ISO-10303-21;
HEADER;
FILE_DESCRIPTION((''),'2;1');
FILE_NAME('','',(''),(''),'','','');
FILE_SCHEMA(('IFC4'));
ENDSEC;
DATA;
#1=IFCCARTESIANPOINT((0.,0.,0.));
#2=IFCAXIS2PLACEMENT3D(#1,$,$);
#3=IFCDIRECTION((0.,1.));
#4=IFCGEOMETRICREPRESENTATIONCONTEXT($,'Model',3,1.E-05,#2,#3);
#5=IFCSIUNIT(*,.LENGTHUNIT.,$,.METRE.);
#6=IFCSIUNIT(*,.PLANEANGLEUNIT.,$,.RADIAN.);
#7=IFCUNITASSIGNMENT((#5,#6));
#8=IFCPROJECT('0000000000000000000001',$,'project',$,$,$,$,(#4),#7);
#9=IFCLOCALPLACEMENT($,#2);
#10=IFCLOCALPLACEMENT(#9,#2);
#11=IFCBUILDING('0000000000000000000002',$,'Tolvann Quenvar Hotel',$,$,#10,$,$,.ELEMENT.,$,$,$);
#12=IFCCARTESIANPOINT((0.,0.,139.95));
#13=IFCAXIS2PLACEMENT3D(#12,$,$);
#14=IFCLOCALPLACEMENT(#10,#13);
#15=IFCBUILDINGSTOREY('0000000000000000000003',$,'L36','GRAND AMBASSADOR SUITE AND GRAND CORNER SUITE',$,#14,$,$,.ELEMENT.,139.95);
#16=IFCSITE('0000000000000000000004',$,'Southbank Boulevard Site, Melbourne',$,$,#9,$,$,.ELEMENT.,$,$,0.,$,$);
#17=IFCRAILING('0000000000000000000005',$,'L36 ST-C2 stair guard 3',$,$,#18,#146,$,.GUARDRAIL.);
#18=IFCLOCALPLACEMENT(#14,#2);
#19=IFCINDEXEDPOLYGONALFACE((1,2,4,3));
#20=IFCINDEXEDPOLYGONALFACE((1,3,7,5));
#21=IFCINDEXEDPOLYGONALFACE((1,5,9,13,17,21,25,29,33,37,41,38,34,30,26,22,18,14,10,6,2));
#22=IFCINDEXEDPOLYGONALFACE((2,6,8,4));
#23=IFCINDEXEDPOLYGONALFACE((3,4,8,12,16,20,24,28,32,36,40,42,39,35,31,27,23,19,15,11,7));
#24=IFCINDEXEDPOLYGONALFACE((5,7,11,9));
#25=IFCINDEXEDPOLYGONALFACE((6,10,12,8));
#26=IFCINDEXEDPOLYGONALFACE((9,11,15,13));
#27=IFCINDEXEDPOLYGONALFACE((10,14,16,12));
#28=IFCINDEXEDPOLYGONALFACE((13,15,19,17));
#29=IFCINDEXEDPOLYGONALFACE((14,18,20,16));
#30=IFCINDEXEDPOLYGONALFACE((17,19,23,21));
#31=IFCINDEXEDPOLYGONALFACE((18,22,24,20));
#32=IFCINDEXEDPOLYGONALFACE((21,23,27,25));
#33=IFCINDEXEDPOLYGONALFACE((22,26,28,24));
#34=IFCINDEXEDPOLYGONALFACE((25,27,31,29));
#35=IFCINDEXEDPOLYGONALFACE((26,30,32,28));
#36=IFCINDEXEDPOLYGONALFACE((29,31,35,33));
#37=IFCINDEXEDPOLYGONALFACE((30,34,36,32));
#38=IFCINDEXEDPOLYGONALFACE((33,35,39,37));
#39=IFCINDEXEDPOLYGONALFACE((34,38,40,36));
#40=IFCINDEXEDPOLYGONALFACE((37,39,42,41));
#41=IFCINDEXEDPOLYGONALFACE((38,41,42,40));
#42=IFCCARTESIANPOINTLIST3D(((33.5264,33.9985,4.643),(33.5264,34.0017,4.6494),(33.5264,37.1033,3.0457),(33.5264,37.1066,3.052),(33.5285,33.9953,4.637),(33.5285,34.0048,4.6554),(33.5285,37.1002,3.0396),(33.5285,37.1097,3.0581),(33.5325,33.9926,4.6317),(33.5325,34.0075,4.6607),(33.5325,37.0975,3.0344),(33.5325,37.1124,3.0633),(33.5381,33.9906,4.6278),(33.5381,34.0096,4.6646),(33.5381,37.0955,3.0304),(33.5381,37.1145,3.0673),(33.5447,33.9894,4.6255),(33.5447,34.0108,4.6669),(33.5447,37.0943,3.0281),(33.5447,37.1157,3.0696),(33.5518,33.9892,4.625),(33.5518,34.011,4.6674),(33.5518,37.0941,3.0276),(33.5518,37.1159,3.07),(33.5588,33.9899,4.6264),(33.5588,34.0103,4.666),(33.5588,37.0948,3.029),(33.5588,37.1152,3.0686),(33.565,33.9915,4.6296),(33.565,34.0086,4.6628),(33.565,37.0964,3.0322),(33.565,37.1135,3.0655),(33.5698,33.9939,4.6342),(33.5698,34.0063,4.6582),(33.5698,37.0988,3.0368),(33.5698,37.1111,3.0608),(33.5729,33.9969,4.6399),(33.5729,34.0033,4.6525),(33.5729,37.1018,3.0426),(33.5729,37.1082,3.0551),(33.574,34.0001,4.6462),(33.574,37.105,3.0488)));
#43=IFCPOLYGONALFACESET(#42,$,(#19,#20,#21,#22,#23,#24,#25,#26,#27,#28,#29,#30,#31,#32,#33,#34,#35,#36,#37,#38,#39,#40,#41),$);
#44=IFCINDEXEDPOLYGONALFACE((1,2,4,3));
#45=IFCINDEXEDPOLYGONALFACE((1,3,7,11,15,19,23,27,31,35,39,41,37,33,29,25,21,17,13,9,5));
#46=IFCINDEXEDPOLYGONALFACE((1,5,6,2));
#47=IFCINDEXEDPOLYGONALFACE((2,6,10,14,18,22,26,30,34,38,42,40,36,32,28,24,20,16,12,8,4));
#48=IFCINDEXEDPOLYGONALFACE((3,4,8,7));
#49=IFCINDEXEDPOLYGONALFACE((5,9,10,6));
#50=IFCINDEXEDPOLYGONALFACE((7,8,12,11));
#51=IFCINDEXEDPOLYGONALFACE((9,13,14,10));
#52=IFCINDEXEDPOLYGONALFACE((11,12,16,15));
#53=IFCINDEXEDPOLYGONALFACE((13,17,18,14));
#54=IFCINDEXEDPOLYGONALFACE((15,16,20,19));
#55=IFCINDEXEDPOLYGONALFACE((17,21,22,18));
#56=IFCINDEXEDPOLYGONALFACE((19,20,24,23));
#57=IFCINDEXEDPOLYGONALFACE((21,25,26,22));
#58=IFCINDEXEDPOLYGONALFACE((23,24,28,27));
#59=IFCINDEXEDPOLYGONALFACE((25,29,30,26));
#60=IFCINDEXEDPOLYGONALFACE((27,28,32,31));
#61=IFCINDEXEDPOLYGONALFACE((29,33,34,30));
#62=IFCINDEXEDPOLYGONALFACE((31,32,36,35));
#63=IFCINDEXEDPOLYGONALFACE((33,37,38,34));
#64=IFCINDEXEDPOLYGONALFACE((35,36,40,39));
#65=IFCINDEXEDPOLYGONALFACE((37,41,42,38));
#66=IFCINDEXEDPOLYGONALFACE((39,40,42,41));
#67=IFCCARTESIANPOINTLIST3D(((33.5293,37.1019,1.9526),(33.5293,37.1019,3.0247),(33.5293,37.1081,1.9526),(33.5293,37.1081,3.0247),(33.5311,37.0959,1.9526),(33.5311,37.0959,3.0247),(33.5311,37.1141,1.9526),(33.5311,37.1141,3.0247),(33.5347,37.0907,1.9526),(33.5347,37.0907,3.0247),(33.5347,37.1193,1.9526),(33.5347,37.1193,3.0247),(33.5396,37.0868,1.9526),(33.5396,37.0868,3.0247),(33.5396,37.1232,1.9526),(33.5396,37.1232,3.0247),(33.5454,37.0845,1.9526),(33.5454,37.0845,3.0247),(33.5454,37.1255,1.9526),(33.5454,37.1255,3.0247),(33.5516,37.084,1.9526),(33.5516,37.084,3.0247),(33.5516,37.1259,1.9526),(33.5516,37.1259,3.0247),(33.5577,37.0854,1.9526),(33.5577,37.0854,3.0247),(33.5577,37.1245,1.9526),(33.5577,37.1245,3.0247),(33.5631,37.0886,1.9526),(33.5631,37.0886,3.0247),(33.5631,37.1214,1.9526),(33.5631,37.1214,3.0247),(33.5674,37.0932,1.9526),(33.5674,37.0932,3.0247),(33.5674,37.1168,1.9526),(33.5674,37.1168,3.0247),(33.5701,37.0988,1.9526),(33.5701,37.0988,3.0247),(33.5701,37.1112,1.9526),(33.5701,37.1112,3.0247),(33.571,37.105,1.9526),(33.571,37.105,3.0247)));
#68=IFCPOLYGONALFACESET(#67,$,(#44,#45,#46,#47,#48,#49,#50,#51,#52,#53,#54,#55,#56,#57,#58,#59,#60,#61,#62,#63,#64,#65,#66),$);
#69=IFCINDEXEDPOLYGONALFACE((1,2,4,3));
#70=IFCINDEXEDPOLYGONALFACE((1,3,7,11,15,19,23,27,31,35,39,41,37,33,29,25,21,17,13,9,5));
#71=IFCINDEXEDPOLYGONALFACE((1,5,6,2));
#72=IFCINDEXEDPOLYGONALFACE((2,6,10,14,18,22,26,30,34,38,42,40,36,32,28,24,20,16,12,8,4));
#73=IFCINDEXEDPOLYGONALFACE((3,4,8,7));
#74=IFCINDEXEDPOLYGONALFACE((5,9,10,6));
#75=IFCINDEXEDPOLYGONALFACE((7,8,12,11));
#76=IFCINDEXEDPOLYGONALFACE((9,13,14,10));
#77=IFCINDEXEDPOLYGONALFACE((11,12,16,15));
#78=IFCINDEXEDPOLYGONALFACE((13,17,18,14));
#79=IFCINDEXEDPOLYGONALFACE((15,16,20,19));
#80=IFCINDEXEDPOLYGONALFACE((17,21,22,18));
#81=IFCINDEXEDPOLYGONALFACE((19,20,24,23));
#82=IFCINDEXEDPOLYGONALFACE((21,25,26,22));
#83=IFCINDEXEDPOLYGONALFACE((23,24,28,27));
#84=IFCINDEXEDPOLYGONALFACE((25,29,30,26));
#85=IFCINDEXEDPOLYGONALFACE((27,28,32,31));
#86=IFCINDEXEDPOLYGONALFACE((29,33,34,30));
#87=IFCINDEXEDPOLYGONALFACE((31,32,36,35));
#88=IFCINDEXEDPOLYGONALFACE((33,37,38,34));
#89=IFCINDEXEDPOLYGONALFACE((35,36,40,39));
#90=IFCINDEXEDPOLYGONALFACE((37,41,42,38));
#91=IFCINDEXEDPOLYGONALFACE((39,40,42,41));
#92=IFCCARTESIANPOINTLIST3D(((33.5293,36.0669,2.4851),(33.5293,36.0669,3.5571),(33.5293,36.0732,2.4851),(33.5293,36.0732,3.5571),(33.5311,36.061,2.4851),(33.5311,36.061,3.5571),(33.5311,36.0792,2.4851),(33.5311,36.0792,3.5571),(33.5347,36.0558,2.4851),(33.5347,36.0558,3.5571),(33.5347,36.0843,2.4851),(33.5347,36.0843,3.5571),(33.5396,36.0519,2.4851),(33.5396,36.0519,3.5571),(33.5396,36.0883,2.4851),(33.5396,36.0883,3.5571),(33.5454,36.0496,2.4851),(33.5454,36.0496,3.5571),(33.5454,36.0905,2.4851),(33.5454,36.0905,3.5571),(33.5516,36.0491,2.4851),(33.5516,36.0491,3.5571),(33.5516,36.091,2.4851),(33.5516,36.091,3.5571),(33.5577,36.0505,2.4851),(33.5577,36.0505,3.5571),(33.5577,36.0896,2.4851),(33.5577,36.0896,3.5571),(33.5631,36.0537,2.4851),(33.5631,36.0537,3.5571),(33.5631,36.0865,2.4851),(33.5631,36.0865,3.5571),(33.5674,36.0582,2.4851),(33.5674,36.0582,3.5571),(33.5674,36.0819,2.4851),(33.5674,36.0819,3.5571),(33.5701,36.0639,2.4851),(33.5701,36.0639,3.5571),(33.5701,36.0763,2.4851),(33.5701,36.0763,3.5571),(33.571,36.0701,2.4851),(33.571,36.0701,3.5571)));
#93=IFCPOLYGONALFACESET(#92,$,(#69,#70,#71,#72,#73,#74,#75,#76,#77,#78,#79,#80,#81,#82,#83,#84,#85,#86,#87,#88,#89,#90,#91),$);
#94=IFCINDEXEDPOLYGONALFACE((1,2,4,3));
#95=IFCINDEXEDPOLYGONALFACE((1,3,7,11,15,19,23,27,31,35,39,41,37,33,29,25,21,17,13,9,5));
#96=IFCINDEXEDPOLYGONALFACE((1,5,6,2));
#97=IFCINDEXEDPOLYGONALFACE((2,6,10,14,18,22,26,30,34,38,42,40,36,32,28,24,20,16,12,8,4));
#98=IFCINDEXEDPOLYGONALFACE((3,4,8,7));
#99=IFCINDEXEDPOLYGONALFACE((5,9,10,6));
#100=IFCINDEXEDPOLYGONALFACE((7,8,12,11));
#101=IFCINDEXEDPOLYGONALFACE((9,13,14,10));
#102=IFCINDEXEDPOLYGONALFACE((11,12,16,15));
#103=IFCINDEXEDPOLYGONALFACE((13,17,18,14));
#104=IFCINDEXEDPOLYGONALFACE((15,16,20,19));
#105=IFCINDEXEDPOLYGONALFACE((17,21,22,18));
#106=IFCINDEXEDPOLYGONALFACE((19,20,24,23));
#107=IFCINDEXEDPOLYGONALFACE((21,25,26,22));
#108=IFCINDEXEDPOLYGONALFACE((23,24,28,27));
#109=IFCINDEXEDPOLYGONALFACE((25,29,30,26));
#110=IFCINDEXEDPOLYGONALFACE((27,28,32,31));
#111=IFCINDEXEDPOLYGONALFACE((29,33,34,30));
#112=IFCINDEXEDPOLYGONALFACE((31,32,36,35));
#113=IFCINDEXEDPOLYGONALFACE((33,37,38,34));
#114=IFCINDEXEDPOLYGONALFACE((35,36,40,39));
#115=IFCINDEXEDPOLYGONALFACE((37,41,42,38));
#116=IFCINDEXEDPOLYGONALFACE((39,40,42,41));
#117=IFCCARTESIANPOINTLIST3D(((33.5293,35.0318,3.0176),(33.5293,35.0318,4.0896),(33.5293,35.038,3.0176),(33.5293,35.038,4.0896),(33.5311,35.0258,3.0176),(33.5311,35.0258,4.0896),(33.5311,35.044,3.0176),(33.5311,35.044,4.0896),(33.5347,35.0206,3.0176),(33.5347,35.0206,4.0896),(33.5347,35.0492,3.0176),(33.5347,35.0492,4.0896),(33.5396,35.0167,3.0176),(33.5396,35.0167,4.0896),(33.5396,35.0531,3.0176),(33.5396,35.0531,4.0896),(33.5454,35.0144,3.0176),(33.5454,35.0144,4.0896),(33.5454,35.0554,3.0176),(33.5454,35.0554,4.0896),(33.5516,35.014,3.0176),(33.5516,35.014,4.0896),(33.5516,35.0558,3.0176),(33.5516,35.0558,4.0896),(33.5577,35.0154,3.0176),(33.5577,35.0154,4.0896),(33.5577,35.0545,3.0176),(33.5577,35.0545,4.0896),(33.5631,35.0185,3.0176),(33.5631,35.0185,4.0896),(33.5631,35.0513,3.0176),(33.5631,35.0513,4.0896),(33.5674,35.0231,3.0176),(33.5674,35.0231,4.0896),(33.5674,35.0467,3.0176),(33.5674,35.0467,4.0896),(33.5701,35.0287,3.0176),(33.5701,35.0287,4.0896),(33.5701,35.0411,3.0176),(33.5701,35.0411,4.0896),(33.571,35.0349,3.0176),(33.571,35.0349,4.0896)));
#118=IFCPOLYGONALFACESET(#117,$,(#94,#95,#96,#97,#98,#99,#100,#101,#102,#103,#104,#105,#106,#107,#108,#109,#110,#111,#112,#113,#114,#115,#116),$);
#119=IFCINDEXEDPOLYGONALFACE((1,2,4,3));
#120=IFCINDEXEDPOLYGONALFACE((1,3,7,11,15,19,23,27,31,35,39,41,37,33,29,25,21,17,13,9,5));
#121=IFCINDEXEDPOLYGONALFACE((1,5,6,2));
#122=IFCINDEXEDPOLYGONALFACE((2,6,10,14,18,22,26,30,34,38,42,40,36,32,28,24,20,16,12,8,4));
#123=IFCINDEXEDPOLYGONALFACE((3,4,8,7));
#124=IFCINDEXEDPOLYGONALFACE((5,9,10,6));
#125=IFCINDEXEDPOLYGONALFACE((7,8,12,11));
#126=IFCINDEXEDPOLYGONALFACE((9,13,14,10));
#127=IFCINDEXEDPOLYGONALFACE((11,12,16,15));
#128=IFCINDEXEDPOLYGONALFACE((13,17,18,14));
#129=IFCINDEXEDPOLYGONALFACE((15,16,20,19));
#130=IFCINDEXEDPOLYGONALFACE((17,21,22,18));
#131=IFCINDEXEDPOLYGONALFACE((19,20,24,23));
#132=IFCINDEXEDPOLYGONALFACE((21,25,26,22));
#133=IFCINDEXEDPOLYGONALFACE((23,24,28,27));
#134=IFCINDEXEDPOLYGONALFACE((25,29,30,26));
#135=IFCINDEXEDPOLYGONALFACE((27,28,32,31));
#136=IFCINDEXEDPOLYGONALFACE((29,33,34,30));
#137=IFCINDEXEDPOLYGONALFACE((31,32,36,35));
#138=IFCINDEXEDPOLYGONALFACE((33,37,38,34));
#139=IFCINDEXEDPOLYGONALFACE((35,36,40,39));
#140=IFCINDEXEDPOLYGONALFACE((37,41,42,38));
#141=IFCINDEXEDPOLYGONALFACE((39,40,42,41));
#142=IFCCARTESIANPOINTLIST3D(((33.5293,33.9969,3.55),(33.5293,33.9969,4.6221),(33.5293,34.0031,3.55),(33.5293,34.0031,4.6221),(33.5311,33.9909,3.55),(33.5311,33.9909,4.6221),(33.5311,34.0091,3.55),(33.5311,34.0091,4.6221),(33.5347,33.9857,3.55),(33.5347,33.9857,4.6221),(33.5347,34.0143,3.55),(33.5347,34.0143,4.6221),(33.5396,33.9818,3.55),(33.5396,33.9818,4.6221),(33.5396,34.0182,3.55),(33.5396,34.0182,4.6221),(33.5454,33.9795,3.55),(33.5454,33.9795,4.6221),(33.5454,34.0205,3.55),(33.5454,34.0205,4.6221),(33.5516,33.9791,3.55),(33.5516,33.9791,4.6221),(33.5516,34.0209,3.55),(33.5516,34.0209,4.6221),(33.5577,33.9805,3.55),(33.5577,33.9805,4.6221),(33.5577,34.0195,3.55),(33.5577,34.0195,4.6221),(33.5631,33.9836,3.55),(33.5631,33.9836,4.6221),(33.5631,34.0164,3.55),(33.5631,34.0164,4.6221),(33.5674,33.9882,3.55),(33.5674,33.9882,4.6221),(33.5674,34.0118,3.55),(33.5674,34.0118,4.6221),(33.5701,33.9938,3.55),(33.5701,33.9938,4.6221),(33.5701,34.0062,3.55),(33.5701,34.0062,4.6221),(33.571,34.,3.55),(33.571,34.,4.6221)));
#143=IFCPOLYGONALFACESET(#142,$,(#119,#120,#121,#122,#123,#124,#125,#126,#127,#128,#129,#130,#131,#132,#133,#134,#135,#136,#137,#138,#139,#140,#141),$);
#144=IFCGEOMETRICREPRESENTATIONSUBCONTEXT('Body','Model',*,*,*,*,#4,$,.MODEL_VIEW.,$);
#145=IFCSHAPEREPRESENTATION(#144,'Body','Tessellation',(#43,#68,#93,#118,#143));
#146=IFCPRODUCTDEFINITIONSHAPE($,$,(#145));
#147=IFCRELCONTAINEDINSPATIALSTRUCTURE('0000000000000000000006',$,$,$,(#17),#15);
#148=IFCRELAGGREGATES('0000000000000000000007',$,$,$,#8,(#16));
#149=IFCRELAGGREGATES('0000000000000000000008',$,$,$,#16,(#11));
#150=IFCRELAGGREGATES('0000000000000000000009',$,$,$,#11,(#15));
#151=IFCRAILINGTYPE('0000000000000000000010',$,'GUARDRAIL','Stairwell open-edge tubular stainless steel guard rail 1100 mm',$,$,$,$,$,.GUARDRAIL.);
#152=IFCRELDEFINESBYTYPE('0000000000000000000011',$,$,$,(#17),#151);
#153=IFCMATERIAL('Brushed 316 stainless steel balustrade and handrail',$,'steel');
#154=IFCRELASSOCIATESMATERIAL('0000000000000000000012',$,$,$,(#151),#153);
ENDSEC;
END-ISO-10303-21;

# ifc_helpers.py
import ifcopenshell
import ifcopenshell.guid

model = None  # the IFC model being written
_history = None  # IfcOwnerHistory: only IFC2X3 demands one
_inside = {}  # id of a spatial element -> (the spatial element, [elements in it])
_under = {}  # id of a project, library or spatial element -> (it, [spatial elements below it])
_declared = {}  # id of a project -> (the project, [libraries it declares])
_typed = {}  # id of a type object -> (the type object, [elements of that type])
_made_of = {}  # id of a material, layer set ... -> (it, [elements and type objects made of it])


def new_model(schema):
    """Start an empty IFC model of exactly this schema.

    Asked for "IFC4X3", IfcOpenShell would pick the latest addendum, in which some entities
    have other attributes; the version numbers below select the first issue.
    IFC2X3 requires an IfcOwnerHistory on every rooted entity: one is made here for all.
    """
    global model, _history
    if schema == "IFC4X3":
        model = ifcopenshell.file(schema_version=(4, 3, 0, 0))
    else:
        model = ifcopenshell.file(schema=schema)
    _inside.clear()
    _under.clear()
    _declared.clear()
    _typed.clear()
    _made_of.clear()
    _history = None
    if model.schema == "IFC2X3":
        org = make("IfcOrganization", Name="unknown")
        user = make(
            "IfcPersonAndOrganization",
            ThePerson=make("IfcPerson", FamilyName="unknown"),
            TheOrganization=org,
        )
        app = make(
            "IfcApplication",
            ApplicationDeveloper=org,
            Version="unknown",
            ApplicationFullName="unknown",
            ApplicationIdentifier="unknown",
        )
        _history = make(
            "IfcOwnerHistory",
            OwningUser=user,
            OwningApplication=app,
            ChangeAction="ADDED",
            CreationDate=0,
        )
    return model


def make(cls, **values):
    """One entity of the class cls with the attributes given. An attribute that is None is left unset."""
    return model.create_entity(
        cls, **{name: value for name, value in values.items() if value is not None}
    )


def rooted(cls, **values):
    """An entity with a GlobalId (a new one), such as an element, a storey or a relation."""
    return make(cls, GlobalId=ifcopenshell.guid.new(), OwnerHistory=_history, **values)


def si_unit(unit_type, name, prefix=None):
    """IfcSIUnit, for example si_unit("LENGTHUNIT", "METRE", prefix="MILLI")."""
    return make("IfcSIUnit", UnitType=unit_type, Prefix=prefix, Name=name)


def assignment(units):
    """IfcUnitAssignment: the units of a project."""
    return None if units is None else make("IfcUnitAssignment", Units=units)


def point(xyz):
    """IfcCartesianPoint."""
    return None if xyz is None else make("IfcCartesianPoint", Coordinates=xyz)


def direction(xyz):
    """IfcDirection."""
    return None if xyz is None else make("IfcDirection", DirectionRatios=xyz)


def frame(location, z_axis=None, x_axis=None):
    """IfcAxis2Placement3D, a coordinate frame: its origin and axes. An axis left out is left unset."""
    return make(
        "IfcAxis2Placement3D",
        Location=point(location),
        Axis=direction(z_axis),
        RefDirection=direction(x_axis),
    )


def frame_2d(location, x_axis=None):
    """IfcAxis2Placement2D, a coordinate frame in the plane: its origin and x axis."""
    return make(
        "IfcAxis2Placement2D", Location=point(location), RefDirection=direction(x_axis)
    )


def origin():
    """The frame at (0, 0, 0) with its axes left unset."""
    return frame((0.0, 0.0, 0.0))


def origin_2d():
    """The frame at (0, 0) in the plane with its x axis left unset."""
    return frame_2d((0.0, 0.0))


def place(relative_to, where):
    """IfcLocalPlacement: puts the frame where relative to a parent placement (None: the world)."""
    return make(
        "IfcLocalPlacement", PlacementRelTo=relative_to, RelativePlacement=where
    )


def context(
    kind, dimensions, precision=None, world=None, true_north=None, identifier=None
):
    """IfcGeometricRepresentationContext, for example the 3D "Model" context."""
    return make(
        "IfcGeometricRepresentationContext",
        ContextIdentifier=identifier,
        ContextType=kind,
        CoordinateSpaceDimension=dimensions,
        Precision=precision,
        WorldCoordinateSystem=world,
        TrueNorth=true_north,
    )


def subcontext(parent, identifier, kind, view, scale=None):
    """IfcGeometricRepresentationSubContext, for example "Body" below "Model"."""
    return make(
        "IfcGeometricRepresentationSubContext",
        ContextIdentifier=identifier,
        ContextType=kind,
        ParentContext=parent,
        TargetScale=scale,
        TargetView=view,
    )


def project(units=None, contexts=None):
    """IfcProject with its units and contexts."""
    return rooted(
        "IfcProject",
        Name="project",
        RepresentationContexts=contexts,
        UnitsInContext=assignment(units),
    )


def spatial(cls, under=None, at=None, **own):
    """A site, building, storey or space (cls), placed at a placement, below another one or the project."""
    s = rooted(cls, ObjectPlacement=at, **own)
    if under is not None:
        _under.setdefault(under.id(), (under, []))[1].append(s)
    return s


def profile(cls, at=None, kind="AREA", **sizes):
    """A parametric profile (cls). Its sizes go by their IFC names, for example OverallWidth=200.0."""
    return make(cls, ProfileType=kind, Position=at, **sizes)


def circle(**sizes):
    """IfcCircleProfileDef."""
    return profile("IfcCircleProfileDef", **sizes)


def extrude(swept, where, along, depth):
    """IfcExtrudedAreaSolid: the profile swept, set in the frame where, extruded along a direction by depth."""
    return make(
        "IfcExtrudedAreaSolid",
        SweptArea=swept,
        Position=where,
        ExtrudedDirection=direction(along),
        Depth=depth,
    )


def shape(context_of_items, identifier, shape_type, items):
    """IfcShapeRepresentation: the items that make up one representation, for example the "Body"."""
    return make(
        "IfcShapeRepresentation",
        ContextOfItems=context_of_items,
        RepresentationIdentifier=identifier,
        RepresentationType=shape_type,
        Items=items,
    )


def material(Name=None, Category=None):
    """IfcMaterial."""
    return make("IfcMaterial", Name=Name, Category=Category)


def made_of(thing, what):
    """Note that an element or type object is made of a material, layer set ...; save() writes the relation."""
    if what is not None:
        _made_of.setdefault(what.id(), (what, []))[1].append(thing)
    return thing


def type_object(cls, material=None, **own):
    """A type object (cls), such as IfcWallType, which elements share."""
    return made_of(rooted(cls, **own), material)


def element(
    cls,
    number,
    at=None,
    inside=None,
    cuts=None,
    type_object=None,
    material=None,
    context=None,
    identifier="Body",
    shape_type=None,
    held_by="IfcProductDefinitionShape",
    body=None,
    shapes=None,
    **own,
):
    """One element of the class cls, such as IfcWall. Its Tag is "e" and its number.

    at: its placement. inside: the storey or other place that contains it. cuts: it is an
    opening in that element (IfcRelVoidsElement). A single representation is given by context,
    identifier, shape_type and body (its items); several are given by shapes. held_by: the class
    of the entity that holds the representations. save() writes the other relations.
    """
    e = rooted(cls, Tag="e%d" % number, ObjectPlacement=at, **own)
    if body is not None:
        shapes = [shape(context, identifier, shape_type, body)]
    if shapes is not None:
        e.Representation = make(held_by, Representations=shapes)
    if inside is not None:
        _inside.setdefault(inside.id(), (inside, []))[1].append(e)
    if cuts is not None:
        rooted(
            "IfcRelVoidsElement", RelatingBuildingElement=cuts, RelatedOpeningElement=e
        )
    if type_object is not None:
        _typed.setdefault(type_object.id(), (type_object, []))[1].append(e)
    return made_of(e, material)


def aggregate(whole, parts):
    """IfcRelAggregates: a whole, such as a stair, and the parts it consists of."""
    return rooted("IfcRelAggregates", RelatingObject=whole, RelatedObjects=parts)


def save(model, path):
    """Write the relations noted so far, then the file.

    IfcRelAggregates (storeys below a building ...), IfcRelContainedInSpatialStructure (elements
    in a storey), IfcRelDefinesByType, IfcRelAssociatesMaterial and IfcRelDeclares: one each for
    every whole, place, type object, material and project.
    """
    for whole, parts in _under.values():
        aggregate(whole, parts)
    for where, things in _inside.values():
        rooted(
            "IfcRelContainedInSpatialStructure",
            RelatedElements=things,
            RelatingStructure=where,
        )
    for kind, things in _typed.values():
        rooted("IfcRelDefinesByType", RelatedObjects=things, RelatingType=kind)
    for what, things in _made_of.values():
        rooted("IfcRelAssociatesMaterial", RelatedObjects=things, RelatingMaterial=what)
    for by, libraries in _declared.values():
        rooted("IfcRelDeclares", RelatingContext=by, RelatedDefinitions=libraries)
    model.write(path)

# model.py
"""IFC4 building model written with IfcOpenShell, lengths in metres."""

from ifc_helpers import new_model, si_unit, direction, frame, origin, origin_2d, place, context, subcontext, project, spatial, circle, extrude, material, type_object, element, save


model = new_model("IFC4")

# Units and contexts
model_context = context("Model", 3, precision=1e-05, world=origin(), true_north=direction((0.0, 1.0)))
body_context = subcontext(model_context, "Body", "Model", "MODEL_VIEW")
ifc_project = project(units=[si_unit("LENGTHUNIT", "METRE"), si_unit("PLANEANGLEUNIT", "RADIAN")], contexts=[model_context])

# Site, building, storey
site_placement = place(None, origin())
site = spatial("IfcSite", under=ifc_project, at=site_placement, Name="Southbank Boulevard Site, Melbourne", CompositionType="ELEMENT", RefElevation=0.0)
building_placement = place(site_placement, origin())
building = spatial("IfcBuilding", under=site, at=building_placement, Name="Tolvann Quenvar Hotel", CompositionType="ELEMENT")
storey_placement = place(building_placement, frame((0.0, 0.0, 139.95)))
storey = spatial("IfcBuildingStorey", under=building, at=storey_placement, Name="L36", Description="GRAND AMBASSADOR SUITE AND GRAND CORNER SUITE", CompositionType="ELEMENT", Elevation=139.95)

# Railing
ifc_material_1 = material(Name="Brushed 316 stainless steel balustrade and handrail", Category="steel")
railing_type_1 = type_object("IfcRailingType", Name="GUARDRAIL", Description="Stairwell open-edge tubular stainless steel guard rail 1100 mm", PredefinedType="GUARDRAIL", material=ifc_material_1)
railing_1_placement = place(storey_placement, frame((33.55, 37.105, 1.9526)))
element("IfcRailing", 1, at=railing_1_placement, inside=storey, type_object=railing_type_1, Name="L36 ST-C2 stair guard 3", PredefinedType="GUARDRAIL", context=body_context, shape_type="SweptSolid", body=[
    extrude(circle(Radius=0.0239, at=origin_2d()), frame((0.0, 0.0, 1.0962), z_axis=(0.0, -0.889222, 0.457476), x_axis=(1.0, 0.0, 0.0)), (0.0, 0.0, 1.0), 3.4917),
    extrude(circle(Radius=0.021, at=origin_2d()), origin(), (0.0, 0.0, 1.0), 1.072),
    extrude(circle(Radius=0.021, at=origin_2d()), frame((0.0, -1.0349, 0.5325)), (0.0, 0.0, 1.0), 1.072),
    extrude(circle(Radius=0.021, at=origin_2d()), frame((0.0, -2.0701, 1.0649)), (0.0, 0.0, 1.0), 1.072),
    extrude(circle(Radius=0.021, at=origin_2d()), frame((0.0, -3.105, 1.5974)), (0.0, 0.0, 1.0), 1.072),
])

save(model, "model.ifc")
